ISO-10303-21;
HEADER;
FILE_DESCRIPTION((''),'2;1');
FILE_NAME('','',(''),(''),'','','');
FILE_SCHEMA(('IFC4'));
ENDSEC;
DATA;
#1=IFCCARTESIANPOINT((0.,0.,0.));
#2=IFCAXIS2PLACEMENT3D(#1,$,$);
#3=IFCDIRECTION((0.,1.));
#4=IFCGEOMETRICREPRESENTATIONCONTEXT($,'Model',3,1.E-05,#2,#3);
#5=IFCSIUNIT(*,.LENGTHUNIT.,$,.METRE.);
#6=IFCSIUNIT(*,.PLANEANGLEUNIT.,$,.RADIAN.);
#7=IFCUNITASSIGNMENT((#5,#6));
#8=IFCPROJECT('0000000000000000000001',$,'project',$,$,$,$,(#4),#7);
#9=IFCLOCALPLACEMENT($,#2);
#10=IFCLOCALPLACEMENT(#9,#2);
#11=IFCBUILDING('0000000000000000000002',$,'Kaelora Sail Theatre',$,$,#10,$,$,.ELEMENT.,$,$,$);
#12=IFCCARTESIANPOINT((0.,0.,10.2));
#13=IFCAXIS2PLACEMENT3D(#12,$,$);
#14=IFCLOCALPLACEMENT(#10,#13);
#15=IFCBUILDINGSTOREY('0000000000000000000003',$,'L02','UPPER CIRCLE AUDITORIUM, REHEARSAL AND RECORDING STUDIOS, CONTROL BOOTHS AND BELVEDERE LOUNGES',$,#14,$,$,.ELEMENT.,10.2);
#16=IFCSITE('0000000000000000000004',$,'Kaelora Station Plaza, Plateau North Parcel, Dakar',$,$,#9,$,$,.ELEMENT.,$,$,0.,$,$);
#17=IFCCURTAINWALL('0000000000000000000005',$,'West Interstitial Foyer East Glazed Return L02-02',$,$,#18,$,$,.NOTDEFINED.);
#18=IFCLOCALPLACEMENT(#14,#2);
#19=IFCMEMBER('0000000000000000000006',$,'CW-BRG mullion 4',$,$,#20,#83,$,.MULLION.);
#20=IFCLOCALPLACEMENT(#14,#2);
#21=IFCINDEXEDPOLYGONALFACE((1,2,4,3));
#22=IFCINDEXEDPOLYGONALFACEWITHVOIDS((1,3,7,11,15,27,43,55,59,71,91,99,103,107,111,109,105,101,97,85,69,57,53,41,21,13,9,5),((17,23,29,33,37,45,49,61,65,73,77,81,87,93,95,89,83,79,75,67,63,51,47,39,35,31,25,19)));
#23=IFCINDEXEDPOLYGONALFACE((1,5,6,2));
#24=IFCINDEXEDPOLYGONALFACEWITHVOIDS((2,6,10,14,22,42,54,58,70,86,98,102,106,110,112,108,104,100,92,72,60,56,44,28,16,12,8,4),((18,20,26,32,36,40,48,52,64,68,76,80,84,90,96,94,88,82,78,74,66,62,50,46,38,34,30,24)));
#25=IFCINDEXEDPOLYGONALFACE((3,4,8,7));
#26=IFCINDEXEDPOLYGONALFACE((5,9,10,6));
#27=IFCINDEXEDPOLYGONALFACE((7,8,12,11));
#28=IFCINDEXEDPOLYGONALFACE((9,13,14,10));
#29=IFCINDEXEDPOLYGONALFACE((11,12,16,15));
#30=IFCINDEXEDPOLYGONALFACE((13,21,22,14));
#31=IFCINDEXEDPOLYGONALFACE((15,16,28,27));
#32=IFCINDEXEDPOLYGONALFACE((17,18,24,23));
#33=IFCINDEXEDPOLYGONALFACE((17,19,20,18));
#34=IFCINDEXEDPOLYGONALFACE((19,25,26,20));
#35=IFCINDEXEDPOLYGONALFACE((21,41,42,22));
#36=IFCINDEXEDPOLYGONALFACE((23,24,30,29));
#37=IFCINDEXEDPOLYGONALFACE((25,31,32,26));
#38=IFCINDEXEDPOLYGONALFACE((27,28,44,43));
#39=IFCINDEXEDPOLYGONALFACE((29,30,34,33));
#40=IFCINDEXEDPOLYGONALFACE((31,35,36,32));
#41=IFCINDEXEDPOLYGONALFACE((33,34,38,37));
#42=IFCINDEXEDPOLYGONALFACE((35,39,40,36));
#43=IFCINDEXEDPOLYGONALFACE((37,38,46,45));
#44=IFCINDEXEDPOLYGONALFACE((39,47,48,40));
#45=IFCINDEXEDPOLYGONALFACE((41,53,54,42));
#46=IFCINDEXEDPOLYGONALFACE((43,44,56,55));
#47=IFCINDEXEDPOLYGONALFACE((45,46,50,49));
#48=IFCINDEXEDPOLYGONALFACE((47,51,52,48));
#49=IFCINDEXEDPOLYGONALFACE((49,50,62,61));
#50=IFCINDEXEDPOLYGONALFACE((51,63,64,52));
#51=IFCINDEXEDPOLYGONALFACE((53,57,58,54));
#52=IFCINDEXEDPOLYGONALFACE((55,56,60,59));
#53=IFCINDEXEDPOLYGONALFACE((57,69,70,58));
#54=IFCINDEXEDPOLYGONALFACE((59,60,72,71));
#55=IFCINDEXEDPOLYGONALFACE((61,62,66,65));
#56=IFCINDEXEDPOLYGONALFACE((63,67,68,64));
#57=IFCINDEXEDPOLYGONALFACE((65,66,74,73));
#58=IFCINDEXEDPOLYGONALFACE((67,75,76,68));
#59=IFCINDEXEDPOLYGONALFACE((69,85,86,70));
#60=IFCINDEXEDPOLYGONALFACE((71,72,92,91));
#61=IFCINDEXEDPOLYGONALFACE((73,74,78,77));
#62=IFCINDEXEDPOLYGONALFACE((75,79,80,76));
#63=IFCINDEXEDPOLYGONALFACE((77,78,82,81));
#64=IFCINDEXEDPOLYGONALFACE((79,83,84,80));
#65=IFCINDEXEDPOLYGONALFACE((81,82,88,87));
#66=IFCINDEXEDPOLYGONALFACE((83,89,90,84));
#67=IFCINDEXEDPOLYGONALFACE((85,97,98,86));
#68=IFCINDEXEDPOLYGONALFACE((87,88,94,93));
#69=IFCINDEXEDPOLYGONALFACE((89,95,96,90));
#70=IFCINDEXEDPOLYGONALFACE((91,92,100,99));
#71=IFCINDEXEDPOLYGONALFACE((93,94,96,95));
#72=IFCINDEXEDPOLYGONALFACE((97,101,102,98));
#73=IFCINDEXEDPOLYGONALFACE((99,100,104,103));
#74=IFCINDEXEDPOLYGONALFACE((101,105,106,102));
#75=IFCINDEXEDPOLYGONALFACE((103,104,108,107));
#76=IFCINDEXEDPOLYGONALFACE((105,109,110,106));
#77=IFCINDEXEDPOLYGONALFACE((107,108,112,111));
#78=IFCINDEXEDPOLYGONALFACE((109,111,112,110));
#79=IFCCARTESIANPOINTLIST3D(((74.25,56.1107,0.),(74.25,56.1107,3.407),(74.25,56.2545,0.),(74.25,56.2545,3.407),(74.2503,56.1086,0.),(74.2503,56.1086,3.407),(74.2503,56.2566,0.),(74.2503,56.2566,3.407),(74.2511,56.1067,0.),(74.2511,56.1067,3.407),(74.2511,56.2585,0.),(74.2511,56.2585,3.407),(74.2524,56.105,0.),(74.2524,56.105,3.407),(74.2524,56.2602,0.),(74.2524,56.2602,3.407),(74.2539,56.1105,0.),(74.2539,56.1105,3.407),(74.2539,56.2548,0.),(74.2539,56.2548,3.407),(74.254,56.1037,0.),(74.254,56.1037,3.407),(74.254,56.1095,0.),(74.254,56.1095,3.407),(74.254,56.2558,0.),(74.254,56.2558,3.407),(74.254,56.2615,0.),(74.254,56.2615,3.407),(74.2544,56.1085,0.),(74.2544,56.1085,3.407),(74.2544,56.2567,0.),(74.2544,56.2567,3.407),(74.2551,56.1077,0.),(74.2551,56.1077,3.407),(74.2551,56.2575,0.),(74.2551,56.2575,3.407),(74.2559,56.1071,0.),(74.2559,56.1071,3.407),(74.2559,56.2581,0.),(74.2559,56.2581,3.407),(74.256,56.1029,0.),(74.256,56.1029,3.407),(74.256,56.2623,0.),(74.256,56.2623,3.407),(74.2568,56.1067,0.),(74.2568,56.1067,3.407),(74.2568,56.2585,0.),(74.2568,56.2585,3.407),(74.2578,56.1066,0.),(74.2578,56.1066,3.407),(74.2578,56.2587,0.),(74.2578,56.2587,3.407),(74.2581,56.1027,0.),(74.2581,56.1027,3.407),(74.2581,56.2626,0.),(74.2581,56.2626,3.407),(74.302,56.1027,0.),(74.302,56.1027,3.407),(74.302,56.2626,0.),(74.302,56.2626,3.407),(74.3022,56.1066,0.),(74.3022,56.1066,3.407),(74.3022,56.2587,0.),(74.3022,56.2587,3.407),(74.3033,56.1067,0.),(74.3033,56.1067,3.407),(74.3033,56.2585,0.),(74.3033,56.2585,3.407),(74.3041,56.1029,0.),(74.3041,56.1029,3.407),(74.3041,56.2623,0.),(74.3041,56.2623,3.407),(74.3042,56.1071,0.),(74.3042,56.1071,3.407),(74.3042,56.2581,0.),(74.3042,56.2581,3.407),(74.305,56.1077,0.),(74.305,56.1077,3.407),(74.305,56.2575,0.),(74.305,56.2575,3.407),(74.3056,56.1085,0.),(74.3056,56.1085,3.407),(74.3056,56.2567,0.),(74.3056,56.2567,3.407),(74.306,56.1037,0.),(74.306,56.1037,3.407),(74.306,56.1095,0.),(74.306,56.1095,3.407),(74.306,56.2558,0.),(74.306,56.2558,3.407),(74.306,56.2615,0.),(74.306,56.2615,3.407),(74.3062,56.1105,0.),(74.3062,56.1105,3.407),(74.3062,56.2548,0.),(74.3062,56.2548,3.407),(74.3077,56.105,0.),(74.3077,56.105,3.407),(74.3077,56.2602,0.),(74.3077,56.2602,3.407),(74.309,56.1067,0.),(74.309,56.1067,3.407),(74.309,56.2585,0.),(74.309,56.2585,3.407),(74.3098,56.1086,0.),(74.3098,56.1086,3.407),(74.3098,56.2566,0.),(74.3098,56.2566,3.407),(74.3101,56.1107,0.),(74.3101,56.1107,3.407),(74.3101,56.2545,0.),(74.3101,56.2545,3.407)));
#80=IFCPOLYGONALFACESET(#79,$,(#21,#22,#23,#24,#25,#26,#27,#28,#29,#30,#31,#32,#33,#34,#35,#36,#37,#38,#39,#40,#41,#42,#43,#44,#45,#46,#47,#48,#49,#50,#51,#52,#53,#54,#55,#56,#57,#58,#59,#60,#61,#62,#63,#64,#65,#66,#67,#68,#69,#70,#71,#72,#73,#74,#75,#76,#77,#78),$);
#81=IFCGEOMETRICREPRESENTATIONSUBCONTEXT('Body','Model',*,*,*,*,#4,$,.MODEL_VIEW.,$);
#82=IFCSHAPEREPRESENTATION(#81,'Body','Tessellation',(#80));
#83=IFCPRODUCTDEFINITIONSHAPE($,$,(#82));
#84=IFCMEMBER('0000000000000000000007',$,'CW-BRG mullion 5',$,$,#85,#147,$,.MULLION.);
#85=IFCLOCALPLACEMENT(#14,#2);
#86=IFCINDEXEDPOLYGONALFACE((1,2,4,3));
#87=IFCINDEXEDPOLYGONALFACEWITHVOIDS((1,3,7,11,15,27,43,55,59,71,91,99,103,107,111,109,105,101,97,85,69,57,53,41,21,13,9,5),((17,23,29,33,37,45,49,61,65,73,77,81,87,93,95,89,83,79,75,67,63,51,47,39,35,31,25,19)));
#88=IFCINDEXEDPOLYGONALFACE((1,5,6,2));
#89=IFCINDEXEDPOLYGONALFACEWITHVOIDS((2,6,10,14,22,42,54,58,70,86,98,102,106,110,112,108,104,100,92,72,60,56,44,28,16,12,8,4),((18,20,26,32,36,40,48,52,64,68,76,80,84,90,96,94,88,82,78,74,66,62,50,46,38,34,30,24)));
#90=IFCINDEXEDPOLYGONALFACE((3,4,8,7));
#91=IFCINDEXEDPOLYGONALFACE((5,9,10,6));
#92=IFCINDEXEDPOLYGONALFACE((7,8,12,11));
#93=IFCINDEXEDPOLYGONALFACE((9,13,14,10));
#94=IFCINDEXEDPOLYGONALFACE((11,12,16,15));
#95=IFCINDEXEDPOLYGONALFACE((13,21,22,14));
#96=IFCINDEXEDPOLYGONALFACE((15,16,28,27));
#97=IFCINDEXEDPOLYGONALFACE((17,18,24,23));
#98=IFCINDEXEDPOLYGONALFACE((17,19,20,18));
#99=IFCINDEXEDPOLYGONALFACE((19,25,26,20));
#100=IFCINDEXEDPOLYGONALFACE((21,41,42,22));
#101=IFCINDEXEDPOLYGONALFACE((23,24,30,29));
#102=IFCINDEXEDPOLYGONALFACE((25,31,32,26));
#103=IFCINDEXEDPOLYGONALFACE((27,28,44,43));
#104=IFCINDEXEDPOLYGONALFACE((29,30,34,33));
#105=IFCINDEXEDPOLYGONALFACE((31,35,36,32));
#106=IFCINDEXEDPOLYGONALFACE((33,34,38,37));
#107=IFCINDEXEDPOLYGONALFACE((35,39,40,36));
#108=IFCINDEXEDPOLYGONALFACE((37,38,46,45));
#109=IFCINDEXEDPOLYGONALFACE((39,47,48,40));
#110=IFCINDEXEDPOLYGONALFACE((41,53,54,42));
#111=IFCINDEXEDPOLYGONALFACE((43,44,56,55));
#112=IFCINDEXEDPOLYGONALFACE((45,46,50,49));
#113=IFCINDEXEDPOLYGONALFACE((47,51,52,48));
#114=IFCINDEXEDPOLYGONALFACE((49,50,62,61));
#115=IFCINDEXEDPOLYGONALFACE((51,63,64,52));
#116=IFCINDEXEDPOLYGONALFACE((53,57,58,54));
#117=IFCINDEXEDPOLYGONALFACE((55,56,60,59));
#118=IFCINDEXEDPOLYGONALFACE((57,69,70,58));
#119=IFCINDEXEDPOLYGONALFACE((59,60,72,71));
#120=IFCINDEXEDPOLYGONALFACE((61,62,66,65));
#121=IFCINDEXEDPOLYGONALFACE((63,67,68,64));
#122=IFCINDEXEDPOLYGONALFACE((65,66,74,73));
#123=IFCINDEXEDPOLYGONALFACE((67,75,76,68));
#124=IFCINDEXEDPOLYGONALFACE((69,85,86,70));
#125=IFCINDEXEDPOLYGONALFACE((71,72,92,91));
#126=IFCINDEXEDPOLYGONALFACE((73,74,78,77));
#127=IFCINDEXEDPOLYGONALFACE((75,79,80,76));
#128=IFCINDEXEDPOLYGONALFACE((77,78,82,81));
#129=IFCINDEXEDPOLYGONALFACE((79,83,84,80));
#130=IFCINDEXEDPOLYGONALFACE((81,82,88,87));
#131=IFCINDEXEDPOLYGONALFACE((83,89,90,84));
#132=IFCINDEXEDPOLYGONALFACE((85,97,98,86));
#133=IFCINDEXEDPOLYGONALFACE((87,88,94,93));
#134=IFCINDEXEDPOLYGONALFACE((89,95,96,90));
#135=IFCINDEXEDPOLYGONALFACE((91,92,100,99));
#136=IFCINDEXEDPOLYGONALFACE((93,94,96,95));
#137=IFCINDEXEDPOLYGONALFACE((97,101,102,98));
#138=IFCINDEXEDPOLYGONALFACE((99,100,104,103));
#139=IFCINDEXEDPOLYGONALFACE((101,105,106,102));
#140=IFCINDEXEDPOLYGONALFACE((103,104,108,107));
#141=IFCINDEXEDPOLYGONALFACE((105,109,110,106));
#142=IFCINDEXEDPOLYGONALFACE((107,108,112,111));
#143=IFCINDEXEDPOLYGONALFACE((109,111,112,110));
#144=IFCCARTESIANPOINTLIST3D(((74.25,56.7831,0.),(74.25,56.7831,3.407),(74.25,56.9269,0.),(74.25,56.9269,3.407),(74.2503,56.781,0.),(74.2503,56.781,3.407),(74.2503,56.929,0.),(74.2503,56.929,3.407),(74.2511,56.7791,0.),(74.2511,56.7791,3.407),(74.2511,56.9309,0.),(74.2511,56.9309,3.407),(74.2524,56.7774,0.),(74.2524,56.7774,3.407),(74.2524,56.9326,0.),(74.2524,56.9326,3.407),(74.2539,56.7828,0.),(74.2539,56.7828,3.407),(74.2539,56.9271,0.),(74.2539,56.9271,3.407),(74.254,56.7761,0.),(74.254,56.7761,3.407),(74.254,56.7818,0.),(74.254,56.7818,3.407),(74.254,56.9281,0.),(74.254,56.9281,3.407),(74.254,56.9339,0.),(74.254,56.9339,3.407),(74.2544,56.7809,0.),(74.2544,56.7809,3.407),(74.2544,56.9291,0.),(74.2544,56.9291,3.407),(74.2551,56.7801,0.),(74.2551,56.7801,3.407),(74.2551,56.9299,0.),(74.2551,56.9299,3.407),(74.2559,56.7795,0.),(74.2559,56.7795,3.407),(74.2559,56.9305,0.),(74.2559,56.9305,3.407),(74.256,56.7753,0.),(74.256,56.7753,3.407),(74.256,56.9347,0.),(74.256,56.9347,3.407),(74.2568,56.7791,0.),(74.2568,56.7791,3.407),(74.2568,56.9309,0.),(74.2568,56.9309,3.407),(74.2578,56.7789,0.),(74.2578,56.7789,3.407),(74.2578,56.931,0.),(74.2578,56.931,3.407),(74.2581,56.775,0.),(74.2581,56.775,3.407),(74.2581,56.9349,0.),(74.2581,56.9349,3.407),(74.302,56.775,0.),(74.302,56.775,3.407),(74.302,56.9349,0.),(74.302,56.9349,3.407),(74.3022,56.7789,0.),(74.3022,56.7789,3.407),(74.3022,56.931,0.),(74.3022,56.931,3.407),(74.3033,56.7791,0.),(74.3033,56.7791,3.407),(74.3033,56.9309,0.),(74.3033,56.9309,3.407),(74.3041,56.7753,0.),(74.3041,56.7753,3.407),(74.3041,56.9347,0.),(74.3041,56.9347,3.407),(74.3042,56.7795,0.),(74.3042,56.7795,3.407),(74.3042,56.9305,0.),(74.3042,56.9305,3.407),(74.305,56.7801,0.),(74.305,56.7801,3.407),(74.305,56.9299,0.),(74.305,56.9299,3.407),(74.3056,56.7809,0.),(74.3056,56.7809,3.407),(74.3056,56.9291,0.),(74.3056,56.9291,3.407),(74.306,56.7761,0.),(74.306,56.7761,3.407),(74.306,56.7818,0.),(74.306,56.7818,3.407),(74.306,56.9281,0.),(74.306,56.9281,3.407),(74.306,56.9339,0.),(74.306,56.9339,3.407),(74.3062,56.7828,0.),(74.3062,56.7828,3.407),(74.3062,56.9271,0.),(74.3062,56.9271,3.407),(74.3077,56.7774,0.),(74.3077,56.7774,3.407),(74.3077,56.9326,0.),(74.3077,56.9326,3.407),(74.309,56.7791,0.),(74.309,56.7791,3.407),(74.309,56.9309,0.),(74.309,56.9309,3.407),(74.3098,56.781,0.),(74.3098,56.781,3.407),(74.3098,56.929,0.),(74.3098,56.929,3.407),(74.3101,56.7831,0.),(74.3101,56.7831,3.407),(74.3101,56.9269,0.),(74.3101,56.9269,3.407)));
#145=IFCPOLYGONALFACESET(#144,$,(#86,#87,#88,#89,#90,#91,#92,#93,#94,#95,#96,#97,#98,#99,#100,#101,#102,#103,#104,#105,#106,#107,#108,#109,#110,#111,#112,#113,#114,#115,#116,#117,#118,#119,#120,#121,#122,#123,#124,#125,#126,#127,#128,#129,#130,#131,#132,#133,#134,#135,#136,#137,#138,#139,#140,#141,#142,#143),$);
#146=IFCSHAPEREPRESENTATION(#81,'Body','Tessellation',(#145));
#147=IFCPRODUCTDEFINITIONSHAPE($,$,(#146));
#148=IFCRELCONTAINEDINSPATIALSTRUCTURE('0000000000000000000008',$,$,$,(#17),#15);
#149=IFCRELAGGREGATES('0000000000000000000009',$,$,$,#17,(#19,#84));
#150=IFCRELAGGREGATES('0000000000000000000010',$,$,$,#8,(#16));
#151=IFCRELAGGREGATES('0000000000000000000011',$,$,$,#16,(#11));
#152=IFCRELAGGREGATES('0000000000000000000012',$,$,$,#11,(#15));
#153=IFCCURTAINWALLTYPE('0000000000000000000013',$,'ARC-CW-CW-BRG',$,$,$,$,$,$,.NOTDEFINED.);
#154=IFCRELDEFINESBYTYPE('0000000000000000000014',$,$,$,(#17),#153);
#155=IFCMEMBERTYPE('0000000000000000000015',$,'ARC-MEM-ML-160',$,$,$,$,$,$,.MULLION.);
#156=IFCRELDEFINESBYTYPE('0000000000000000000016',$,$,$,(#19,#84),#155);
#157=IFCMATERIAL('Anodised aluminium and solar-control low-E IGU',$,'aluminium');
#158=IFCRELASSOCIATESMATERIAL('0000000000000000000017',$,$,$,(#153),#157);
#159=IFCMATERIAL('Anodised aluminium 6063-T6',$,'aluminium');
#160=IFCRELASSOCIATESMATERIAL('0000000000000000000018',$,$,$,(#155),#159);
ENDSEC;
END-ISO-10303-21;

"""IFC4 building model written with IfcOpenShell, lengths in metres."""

from ifc_helpers import new_model, si_unit, direction, frame, origin, origin_2d, place, context, subcontext, project, spatial, hollow_rectangle, extrude, material, material_profile, profile_set, type_object, element, aggregate, save


model = new_model("IFC4")

# Units and contexts
model_context = context("Model", 3, precision=1e-05, world=origin(), true_north=direction((0.0, 1.0)))
body_context = subcontext(model_context, "Body", "Model", "MODEL_VIEW")
ifc_project = project(units=[si_unit("LENGTHUNIT", "METRE"), si_unit("PLANEANGLEUNIT", "RADIAN")], contexts=[model_context])

# Site, building, storey
site_placement = place(None, origin())
site = spatial("IfcSite", under=ifc_project, at=site_placement, Name="Kaelora Station Plaza, Plateau North Parcel, Dakar", CompositionType="ELEMENT", RefElevation=0.0)
building_placement = place(site_placement, origin())
building = spatial("IfcBuilding", under=site, at=building_placement, Name="Kaelora Sail Theatre", CompositionType="ELEMENT")
storey_placement = place(building_placement, frame((0.0, 0.0, 10.2)))
storey = spatial("IfcBuildingStorey", under=building, at=storey_placement, Name="L02", Description="UPPER CIRCLE AUDITORIUM, REHEARSAL AND RECORDING STUDIOS, CONTROL BOOTHS AND BELVEDERE LOUNGES", CompositionType="ELEMENT", Elevation=10.2)

# Curtain wall, members
ifc_material_1 = material(Name="Anodised aluminium and solar-control low-E IGU", Category="aluminium")
curtain_wall_type = type_object("IfcCurtainWallType", Name="ARC-CW-CW-BRG", PredefinedType="NOTDEFINED", material=ifc_material_1)
curtain_wall_placement = place(storey_placement, origin())
curtain_wall = element("IfcCurtainWall", 1, at=curtain_wall_placement, inside=storey, type_object=curtain_wall_type, Name="West Interstitial Foyer East Glazed Return L02-02", PredefinedType="NOTDEFINED")
ifc_material_2 = material(Name="Anodised aluminium 6063-T6", Category="aluminium")
ifc_material_profile_1 = material_profile(ifc_material_2, hollow_rectangle(XDim=0.0601, YDim=0.1599, WallThickness=0.0039, InnerFilletRadius=0.0039, OuterFilletRadius=0.0081, at=origin_2d()), Name="ALU-MULL 60x160x4")
ifc_profile_set_1 = profile_set([ifc_material_profile_1], Name="Anodised aluminium 6063-T6")
member_type_1 = type_object("IfcMemberType", Name="ARC-MEM-ML-160", PredefinedType="MULLION", material=ifc_profile_set_1)
member_1_placement = place(storey_placement, frame((74.28, 56.1826, 0.0), z_axis=(0.0, 0.0, 1.0), x_axis=(-1.0, 0.0, 0.0)))
member_1 = element("IfcMember", 2, at=member_1_placement, type_object=member_type_1, Name="CW-BRG mullion 4", PredefinedType="MULLION", context=body_context, shape_type="SweptSolid", body=[
    extrude(hollow_rectangle(XDim=0.0601, YDim=0.1599, WallThickness=0.0039, InnerFilletRadius=0.0039, OuterFilletRadius=0.0081, at=origin_2d()), origin(), (0.0, 0.0, 1.0), 3.407),
])
member_2_placement = place(storey_placement, frame((74.28, 56.855, 0.0), z_axis=(0.0, 0.0, 1.0), x_axis=(-1.0, 0.0, 0.0)))
member_2 = element("IfcMember", 3, at=member_2_placement, type_object=member_type_1, Name="CW-BRG mullion 5", PredefinedType="MULLION", context=body_context, shape_type="SweptSolid", body=[
    extrude(hollow_rectangle(XDim=0.0601, YDim=0.1599, WallThickness=0.0039, InnerFilletRadius=0.0039, OuterFilletRadius=0.0081, at=origin_2d()), origin(), (0.0, 0.0, 1.0), 3.407),
])

aggregate(curtain_wall, [member_1, member_2])

save(model, "model.ifc")
